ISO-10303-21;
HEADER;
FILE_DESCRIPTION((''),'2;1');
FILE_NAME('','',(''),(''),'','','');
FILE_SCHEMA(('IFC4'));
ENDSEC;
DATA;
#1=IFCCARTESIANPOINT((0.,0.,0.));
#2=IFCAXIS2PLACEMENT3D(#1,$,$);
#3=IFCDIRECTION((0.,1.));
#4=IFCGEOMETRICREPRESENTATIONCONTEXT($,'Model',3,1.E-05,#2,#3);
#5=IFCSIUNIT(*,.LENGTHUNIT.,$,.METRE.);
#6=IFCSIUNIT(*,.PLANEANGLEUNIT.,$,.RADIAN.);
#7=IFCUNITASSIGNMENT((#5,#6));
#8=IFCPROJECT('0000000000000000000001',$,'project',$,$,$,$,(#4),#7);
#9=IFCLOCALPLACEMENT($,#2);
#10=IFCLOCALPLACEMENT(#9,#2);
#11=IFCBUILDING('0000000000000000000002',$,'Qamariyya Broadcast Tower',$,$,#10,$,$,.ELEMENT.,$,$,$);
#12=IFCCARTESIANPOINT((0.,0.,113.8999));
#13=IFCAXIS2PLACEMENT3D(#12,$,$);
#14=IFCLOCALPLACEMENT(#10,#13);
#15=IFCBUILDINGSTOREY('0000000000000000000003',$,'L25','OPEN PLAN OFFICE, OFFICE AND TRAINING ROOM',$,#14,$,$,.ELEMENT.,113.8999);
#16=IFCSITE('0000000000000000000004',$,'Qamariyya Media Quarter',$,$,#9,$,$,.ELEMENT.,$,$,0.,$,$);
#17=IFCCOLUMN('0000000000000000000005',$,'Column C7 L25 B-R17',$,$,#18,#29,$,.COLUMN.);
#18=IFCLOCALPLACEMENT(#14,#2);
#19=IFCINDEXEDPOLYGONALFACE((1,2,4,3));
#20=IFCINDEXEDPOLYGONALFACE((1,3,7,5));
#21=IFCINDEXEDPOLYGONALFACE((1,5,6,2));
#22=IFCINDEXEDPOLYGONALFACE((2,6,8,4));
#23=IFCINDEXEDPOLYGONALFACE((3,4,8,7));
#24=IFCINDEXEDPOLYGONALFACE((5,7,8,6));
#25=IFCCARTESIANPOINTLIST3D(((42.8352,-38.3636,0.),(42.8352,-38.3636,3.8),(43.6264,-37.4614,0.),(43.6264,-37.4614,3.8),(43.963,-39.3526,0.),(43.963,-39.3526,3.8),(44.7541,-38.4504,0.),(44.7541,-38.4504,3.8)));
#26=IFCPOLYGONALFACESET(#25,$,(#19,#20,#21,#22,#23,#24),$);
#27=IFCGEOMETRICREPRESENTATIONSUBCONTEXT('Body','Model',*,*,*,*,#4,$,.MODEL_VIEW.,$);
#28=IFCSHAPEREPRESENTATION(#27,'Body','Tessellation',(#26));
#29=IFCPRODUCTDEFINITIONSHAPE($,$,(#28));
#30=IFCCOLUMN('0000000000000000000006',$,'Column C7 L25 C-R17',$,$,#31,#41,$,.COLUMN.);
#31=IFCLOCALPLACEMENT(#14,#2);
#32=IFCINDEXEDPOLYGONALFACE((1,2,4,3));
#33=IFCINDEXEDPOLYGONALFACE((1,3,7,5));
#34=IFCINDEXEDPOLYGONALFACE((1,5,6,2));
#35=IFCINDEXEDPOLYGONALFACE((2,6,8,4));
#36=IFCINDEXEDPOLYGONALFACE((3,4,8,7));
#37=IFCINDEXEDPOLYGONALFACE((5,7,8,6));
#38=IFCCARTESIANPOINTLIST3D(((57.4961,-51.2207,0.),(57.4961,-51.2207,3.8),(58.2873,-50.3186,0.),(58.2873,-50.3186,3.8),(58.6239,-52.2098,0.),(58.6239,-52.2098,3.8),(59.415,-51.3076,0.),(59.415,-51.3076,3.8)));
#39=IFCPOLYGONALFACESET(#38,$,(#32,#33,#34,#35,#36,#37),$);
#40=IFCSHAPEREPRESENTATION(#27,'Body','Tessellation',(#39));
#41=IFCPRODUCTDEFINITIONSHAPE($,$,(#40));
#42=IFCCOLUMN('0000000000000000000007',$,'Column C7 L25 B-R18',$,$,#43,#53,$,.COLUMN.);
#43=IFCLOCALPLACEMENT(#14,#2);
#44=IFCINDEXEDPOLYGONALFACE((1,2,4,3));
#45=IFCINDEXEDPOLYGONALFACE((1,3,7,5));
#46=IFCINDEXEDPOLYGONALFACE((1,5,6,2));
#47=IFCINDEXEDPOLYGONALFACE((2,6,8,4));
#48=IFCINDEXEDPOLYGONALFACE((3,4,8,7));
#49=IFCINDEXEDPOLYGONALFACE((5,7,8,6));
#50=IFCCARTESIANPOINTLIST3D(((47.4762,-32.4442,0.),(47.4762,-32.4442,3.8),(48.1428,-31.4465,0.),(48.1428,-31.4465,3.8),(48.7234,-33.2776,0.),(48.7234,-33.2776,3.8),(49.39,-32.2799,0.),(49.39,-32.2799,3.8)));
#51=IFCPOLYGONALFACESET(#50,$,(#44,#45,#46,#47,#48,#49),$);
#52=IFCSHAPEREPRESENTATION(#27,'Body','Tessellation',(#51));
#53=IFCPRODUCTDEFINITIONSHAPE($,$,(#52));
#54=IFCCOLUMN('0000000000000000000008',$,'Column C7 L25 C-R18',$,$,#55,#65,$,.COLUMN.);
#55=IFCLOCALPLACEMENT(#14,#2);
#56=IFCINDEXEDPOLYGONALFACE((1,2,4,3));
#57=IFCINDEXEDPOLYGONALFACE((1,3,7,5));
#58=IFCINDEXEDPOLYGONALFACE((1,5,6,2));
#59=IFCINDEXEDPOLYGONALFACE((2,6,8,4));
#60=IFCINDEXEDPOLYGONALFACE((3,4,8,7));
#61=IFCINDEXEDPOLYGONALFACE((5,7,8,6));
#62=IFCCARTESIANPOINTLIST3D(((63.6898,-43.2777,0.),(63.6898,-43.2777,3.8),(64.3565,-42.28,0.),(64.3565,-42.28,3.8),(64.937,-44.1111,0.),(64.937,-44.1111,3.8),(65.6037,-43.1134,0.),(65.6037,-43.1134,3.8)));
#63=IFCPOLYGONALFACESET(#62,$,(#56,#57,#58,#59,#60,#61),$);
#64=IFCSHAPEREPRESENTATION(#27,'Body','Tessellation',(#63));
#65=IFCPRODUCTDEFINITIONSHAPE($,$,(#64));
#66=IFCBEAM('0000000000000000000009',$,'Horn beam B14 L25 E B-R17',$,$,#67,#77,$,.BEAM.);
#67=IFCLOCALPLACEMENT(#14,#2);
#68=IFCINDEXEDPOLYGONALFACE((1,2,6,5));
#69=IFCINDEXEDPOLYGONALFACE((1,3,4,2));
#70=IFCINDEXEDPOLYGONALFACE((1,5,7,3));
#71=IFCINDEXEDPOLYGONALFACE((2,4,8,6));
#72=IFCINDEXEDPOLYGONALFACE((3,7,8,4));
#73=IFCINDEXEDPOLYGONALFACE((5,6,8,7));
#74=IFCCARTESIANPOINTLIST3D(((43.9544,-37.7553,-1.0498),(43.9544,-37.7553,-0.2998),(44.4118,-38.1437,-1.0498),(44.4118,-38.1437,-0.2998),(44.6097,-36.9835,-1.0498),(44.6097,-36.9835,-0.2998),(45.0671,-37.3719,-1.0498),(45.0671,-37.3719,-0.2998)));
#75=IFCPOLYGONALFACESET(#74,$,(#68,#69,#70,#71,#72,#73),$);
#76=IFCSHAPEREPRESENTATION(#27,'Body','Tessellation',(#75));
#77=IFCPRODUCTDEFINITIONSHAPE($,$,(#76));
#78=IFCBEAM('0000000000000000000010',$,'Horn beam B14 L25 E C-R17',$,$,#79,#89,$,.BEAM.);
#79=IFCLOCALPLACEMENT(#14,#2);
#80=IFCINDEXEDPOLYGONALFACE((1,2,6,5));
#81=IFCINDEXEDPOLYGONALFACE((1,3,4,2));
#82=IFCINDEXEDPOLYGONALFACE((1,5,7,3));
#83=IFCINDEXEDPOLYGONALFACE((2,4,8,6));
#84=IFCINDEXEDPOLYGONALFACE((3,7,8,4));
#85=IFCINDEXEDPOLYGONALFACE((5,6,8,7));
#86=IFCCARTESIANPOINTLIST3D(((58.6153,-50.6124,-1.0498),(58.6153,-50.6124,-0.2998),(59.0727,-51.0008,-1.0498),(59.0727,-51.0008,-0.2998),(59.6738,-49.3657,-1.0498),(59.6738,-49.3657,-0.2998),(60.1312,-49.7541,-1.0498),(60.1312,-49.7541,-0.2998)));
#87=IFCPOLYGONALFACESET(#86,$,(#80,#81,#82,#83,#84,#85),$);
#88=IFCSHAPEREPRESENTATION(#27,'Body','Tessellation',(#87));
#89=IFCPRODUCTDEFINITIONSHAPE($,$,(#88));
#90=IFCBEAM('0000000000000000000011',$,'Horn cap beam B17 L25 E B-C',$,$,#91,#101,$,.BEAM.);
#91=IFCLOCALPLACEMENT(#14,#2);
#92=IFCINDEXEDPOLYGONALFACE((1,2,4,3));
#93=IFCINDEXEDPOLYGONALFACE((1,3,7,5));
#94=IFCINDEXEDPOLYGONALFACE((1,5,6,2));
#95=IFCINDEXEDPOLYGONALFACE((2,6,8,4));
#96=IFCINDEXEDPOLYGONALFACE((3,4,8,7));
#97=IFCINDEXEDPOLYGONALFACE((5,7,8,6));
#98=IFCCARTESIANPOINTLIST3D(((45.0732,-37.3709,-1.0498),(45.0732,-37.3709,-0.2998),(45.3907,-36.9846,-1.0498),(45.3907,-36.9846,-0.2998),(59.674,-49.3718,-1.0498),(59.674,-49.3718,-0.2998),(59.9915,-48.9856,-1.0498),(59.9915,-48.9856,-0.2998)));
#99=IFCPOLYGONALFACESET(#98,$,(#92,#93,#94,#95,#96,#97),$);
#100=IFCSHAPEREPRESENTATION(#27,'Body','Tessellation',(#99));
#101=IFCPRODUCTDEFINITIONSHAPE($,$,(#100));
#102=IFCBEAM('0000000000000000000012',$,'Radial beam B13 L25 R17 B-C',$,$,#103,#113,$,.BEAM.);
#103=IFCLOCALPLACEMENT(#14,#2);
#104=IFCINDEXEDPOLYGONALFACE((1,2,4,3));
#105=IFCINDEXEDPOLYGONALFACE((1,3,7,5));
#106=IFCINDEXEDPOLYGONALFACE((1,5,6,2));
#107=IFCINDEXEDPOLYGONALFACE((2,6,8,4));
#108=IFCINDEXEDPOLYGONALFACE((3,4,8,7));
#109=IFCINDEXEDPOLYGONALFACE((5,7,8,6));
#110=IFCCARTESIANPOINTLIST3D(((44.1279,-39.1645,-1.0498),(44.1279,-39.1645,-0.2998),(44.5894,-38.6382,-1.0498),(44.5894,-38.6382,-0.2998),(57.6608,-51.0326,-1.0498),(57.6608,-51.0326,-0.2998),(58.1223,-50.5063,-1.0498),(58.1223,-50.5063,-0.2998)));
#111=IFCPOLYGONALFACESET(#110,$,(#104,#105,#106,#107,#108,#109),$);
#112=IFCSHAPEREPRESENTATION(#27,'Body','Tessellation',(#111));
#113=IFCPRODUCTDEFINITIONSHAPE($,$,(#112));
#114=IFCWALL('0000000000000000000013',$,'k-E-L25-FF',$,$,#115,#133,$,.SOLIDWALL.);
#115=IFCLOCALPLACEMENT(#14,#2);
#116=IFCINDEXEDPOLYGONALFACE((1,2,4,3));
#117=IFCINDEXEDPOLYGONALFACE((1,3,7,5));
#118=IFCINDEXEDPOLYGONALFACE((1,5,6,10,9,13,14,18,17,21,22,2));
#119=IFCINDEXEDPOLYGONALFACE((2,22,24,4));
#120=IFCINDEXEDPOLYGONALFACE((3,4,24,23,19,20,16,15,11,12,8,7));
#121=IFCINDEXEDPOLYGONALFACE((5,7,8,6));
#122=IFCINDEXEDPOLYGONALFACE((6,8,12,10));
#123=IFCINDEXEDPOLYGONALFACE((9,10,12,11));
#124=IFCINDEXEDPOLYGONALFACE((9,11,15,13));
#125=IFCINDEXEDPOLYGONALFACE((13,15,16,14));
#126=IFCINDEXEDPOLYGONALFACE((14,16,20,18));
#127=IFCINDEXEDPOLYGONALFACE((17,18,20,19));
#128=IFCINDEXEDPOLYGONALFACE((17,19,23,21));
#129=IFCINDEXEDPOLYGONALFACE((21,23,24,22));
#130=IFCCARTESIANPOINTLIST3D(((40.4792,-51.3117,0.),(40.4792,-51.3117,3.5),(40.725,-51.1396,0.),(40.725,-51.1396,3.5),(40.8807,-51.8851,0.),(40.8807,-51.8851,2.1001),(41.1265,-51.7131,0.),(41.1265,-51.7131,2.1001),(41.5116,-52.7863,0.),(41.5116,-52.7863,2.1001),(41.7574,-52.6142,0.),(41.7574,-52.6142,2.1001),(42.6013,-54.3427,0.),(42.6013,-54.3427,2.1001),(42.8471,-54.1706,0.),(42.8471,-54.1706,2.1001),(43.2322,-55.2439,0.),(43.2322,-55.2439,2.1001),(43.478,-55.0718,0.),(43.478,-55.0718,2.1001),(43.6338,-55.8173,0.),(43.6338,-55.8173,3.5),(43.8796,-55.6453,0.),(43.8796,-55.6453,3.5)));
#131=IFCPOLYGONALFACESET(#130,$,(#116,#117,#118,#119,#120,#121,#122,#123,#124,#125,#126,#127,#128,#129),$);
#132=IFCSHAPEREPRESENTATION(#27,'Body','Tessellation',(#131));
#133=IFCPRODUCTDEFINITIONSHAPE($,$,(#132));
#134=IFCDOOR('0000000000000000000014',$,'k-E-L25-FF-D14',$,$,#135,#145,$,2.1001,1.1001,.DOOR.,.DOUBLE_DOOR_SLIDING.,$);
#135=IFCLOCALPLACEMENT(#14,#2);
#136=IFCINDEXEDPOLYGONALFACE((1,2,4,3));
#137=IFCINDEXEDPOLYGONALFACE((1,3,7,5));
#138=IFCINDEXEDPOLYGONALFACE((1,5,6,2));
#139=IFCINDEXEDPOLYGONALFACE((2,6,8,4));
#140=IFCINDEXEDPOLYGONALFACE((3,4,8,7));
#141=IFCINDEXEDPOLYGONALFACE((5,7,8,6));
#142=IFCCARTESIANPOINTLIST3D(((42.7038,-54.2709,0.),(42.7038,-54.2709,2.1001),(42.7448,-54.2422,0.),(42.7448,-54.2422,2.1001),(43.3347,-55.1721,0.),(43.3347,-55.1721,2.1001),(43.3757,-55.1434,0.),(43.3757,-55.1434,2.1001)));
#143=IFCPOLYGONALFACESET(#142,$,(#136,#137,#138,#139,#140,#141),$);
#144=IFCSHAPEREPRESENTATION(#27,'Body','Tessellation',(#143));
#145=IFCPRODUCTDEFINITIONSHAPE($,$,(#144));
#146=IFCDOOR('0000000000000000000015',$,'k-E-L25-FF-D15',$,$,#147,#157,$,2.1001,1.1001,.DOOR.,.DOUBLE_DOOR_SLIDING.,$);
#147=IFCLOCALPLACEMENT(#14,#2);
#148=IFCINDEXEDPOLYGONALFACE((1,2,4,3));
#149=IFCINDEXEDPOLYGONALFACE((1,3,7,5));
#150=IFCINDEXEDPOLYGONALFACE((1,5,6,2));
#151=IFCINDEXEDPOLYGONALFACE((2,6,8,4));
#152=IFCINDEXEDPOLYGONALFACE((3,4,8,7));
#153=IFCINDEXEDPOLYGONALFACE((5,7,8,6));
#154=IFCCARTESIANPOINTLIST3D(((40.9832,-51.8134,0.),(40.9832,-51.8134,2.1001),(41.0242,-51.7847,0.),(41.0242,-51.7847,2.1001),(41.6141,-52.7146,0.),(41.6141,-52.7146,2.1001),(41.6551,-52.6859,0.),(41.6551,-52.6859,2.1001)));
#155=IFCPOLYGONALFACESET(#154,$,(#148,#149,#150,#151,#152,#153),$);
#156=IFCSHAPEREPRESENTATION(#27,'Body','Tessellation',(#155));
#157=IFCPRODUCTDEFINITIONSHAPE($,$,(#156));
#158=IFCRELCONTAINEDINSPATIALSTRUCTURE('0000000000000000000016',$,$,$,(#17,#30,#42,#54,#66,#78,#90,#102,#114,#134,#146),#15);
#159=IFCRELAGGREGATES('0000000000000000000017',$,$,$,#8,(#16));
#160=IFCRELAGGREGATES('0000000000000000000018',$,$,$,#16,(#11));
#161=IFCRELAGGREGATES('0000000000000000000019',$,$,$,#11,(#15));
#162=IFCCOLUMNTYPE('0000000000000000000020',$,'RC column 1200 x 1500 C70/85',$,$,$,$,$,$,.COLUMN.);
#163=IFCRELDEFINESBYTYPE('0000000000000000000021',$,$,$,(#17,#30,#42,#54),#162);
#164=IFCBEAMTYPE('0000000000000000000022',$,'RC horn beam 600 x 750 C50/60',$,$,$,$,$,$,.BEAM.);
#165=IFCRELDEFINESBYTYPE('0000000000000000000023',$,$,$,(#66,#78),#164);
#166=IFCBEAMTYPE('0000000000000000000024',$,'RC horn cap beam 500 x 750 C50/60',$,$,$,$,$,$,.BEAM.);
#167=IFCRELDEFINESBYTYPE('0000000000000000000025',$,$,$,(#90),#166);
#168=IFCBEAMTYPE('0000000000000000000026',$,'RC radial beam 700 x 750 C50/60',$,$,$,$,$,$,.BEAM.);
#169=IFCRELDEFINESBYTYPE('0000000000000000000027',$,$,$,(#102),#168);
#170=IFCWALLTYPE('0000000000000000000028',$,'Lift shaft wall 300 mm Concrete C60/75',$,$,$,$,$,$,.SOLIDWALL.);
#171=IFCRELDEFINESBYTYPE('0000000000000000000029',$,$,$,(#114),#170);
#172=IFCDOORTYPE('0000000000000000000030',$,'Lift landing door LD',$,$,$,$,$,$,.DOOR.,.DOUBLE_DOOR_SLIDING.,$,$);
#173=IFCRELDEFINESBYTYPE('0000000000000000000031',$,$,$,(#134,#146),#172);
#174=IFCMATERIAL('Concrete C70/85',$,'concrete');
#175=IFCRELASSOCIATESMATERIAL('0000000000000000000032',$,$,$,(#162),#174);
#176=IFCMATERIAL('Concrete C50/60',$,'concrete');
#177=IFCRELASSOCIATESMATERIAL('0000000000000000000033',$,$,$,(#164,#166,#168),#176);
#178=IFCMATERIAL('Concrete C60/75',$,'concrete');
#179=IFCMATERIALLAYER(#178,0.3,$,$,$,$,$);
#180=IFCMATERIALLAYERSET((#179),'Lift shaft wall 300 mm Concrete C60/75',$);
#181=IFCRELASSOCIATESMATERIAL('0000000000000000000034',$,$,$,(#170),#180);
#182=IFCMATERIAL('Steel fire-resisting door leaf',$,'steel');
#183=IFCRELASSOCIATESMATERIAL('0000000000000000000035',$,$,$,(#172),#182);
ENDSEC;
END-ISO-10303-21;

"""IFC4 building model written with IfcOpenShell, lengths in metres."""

from ifc_helpers import new_model, si_unit, direction, frame, frame_2d, origin, origin_2d, place, context, subcontext, project, spatial, rectangle, extrude, material, layer, layer_set, material_profile, profile_set, type_object, element, fill, save


model = new_model("IFC4")

# Units and contexts
model_context = context("Model", 3, precision=1e-05, world=origin(), true_north=direction((0.0, 1.0)))
body_context = subcontext(model_context, "Body", "Model", "MODEL_VIEW")
ifc_project = project(units=[si_unit("LENGTHUNIT", "METRE"), si_unit("PLANEANGLEUNIT", "RADIAN")], contexts=[model_context])

# Site, building, storey
site_placement = place(None, origin())
site = spatial("IfcSite", under=ifc_project, at=site_placement, Name="Qamariyya Media Quarter", CompositionType="ELEMENT", RefElevation=0.0)
building_placement = place(site_placement, origin())
building = spatial("IfcBuilding", under=site, at=building_placement, Name="Qamariyya Broadcast Tower", CompositionType="ELEMENT")
storey_placement = place(building_placement, frame((0.0, 0.0, 113.8999)))
storey = spatial("IfcBuildingStorey", under=building, at=storey_placement, Name="L25", Description="OPEN PLAN OFFICE, OFFICE AND TRAINING ROOM", CompositionType="ELEMENT", Elevation=113.8999)

# Columns
ifc_material_1 = material(Name="Concrete C70/85", Category="concrete")
ifc_material_profile_1 = material_profile(ifc_material_1, rectangle(XDim=1.2, YDim=1.5, at=origin_2d()))
ifc_profile_set_1 = profile_set([ifc_material_profile_1], Name="Concrete C70/85")
column_type = type_object("IfcColumnType", Name="RC column 1200 x 1500 C70/85", PredefinedType="COLUMN", material=ifc_profile_set_1)
for number, where, z_axis, x_axis, name in (
    (1, (43.7947, -38.407, 0.0), (0.0, 0.0, 1.0), (0.659346, 0.75184, 0.0), "Column C7 L25 B-R17"),
    (2, (58.4556, -51.2642, 0.0), (0.0, 0.0, 1.0), (0.659346, 0.75184, 0.0), "Column C7 L25 C-R17"),
    (3, (48.4331, -32.3621, 0.0), (0.0, 0.0, 1.0), (0.55557, 0.83147, 0.0), "Column C7 L25 B-R18"),
    (4, (64.6467, -43.1956, 0.0), (0.0, 0.0, 1.0), (0.55557, 0.83147, 0.0), "Column C7 L25 C-R18"),
):
    element("IfcColumn", number, at=place(storey_placement, frame(where, z_axis=z_axis, x_axis=x_axis)), inside=storey, type_object=column_type, Name=name, PredefinedType="COLUMN", context=body_context, shape_type="SweptSolid", body=[
        extrude(rectangle(XDim=1.2, YDim=1.5, at=origin_2d()), origin(), (0.0, 0.0, 1.0), 3.8),
    ])

# Beams
ifc_material_2 = material(Name="Concrete C50/60", Category="concrete")
ifc_material_profile_2 = material_profile(ifc_material_2, rectangle(XDim=0.6001, YDim=0.75, at=origin_2d()))
ifc_profile_set_2 = profile_set([ifc_material_profile_2], Name="Concrete C50/60")
beam_type_1 = type_object("IfcBeamType", Name="RC horn beam 600 x 750 C50/60", PredefinedType="BEAM", material=ifc_profile_set_2)
beam_1_placement = place(storey_placement, frame((44.1831, -37.9495, -0.6748), z_axis=(0.647249, 0.762278, 0.0), x_axis=(-0.762278, 0.647249, 0.0)))
element("IfcBeam", 5, at=beam_1_placement, inside=storey, type_object=beam_type_1, Name="Horn beam B14 L25 E B-R17", PredefinedType="BEAM", context=body_context, shape_type="SweptSolid", body=[
    extrude(rectangle(XDim=0.6001, YDim=0.75, at=origin_2d()), origin(), (0.0, 0.0, 1.0), 1.0125),
])
beam_2_placement = place(storey_placement, frame((58.844, -50.8066, -0.6748), z_axis=(0.647219, 0.762304, 0.0), x_axis=(-0.762304, 0.647219, 0.0)))
element("IfcBeam", 6, at=beam_2_placement, inside=storey, type_object=beam_type_1, Name="Horn beam B14 L25 E C-R17", PredefinedType="BEAM", context=body_context, shape_type="SweptSolid", body=[
    extrude(rectangle(XDim=0.6001, YDim=0.75, at=origin_2d()), origin(), (0.0, 0.0, 1.0), 1.6355),
])
ifc_material_profile_3 = material_profile(ifc_material_2, rectangle(XDim=0.5, YDim=0.75, at=origin_2d()))
ifc_profile_set_3 = profile_set([ifc_material_profile_3], Name="Concrete C50/60")
beam_type_2 = type_object("IfcBeamType", Name="RC horn cap beam 500 x 750 C50/60", PredefinedType="BEAM", material=ifc_profile_set_3)
beam_3_placement = place(storey_placement, frame((45.2319, -37.1777, -0.6748), z_axis=(0.772533, -0.634974, 0.0), x_axis=(0.634974, 0.772533, 0.0)))
element("IfcBeam", 7, at=beam_3_placement, inside=storey, type_object=beam_type_2, Name="Horn cap beam B17 L25 E B-C", PredefinedType="BEAM", context=body_context, shape_type="SweptSolid", body=[
    extrude(rectangle(XDim=0.5, YDim=0.75, at=origin_2d()), origin(), (0.0, 0.0, 1.0), 18.8999),
])
ifc_material_profile_4 = material_profile(ifc_material_2, rectangle(XDim=0.7, YDim=0.75, at=origin_2d()))
ifc_profile_set_4 = profile_set([ifc_material_profile_4], Name="Concrete C50/60")
beam_type_3 = type_object("IfcBeamType", Name="RC radial beam 700 x 750 C50/60", PredefinedType="BEAM", material=ifc_profile_set_4)
beam_4_placement = place(storey_placement, frame((44.3586, -38.9014, -0.6748), z_axis=(0.751838, -0.659348, 0.0), x_axis=(0.659348, 0.751838, 0.0)))
element("IfcBeam", 8, at=beam_4_placement, inside=storey, type_object=beam_type_3, Name="Radial beam B13 L25 R17 B-C", PredefinedType="BEAM", context=body_context, shape_type="SweptSolid", body=[
    extrude(rectangle(XDim=0.7, YDim=0.75, at=origin_2d()), origin(), (0.0, 0.0, 1.0), 17.9998),
])

# Wall, openings, doors
ifc_material_3 = material(Name="Concrete C60/75", Category="concrete")
ifc_layer_1 = layer(ifc_material_3, 0.3)
ifc_layer_set_1 = layer_set([ifc_layer_1], Name="Lift shaft wall 300 mm Concrete C60/75")
wall_type_1 = type_object("IfcWallType", Name="Lift shaft wall 300 mm Concrete C60/75", PredefinedType="SOLIDWALL", material=ifc_layer_set_1)
wall_1_placement = place(storey_placement, frame((43.7566, -55.7312, 0.0), z_axis=(0.0, 0.0, 1.0), x_axis=(-0.573537, 0.81918, 0.0)))
wall_1 = element("IfcWall", 9, at=wall_1_placement, inside=storey, type_object=wall_type_1, Name="k-E-L25-FF", PredefinedType="SOLIDWALL", context=body_context, shape_type="SweptSolid", body=[
    extrude(rectangle(XDim=5.5002, YDim=0.3, at=frame_2d((2.75, 0.0))), origin(), (0.0, 0.0, 1.0), 3.5),
])
opening_1_placement = place(wall_1_placement, frame((0.7, 0.0, 0.0)))
opening_1 = element("IfcOpeningElement", 10, at=opening_1_placement, cuts=wall_1, PredefinedType="OPENING", context=body_context, shape_type="SweptSolid", body=[
    extrude(rectangle(XDim=1.1001, YDim=2.1001, at=frame_2d((0.55, 1.05))), frame((0.0, 0.1599, 0.0), z_axis=(0.0, -1.0, 0.0), x_axis=(1.0, 0.0, 0.0)), (0.0, 0.0, 1.0), 0.3201),
])
opening_2_placement = place(wall_1_placement, frame((3.7, 0.0, 0.0)))
opening_2 = element("IfcOpeningElement", 11, at=opening_2_placement, cuts=wall_1, PredefinedType="OPENING", context=body_context, shape_type="SweptSolid", body=[
    extrude(rectangle(XDim=1.1001, YDim=2.1001, at=frame_2d((0.55, 1.05))), frame((0.0, 0.1599, 0.0), z_axis=(0.0, -1.0, 0.0), x_axis=(1.0, 0.0, 0.0)), (0.0, 0.0, 1.0), 0.3201),
])
ifc_material_4 = material(Name="Steel fire-resisting door leaf", Category="steel")
door_type = type_object("IfcDoorType", Name="Lift landing door LD", OperationType="DOUBLE_DOOR_SLIDING", PredefinedType="DOOR", material=ifc_material_4)
door_1_placement = place(opening_1_placement, origin())
door_1 = element("IfcDoor", 12, at=door_1_placement, inside=storey, type_object=door_type, Name="k-E-L25-FF-D14", OperationType="DOUBLE_DOOR_SLIDING", OverallHeight=2.1001, OverallWidth=1.1001, PredefinedType="DOOR", context=body_context, shape_type="SweptSolid", body=[
    extrude(rectangle(XDim=1.1001, YDim=2.1001, at=frame_2d((0.55, 1.05))), frame((0.0, 0.0249, 0.0), z_axis=(0.0, -1.0, 0.0), x_axis=(1.0, 0.0, 0.0)), (0.0, 0.0, 1.0), 0.05),
])
fill(opening_1, door_1)
door_2_placement = place(opening_2_placement, origin())
door_2 = element("IfcDoor", 13, at=door_2_placement, inside=storey, type_object=door_type, Name="k-E-L25-FF-D15", OperationType="DOUBLE_DOOR_SLIDING", OverallHeight=2.1001, OverallWidth=1.1001, PredefinedType="DOOR", context=body_context, shape_type="SweptSolid", body=[
    extrude(rectangle(XDim=1.1001, YDim=2.1001, at=frame_2d((0.55, 1.05))), frame((0.0, 0.0249, 0.0), z_axis=(0.0, -1.0, 0.0), x_axis=(1.0, 0.0, 0.0)), (0.0, 0.0, 1.0), 0.05),
])
fill(opening_2, door_2)

save(model, "model.ifc")
